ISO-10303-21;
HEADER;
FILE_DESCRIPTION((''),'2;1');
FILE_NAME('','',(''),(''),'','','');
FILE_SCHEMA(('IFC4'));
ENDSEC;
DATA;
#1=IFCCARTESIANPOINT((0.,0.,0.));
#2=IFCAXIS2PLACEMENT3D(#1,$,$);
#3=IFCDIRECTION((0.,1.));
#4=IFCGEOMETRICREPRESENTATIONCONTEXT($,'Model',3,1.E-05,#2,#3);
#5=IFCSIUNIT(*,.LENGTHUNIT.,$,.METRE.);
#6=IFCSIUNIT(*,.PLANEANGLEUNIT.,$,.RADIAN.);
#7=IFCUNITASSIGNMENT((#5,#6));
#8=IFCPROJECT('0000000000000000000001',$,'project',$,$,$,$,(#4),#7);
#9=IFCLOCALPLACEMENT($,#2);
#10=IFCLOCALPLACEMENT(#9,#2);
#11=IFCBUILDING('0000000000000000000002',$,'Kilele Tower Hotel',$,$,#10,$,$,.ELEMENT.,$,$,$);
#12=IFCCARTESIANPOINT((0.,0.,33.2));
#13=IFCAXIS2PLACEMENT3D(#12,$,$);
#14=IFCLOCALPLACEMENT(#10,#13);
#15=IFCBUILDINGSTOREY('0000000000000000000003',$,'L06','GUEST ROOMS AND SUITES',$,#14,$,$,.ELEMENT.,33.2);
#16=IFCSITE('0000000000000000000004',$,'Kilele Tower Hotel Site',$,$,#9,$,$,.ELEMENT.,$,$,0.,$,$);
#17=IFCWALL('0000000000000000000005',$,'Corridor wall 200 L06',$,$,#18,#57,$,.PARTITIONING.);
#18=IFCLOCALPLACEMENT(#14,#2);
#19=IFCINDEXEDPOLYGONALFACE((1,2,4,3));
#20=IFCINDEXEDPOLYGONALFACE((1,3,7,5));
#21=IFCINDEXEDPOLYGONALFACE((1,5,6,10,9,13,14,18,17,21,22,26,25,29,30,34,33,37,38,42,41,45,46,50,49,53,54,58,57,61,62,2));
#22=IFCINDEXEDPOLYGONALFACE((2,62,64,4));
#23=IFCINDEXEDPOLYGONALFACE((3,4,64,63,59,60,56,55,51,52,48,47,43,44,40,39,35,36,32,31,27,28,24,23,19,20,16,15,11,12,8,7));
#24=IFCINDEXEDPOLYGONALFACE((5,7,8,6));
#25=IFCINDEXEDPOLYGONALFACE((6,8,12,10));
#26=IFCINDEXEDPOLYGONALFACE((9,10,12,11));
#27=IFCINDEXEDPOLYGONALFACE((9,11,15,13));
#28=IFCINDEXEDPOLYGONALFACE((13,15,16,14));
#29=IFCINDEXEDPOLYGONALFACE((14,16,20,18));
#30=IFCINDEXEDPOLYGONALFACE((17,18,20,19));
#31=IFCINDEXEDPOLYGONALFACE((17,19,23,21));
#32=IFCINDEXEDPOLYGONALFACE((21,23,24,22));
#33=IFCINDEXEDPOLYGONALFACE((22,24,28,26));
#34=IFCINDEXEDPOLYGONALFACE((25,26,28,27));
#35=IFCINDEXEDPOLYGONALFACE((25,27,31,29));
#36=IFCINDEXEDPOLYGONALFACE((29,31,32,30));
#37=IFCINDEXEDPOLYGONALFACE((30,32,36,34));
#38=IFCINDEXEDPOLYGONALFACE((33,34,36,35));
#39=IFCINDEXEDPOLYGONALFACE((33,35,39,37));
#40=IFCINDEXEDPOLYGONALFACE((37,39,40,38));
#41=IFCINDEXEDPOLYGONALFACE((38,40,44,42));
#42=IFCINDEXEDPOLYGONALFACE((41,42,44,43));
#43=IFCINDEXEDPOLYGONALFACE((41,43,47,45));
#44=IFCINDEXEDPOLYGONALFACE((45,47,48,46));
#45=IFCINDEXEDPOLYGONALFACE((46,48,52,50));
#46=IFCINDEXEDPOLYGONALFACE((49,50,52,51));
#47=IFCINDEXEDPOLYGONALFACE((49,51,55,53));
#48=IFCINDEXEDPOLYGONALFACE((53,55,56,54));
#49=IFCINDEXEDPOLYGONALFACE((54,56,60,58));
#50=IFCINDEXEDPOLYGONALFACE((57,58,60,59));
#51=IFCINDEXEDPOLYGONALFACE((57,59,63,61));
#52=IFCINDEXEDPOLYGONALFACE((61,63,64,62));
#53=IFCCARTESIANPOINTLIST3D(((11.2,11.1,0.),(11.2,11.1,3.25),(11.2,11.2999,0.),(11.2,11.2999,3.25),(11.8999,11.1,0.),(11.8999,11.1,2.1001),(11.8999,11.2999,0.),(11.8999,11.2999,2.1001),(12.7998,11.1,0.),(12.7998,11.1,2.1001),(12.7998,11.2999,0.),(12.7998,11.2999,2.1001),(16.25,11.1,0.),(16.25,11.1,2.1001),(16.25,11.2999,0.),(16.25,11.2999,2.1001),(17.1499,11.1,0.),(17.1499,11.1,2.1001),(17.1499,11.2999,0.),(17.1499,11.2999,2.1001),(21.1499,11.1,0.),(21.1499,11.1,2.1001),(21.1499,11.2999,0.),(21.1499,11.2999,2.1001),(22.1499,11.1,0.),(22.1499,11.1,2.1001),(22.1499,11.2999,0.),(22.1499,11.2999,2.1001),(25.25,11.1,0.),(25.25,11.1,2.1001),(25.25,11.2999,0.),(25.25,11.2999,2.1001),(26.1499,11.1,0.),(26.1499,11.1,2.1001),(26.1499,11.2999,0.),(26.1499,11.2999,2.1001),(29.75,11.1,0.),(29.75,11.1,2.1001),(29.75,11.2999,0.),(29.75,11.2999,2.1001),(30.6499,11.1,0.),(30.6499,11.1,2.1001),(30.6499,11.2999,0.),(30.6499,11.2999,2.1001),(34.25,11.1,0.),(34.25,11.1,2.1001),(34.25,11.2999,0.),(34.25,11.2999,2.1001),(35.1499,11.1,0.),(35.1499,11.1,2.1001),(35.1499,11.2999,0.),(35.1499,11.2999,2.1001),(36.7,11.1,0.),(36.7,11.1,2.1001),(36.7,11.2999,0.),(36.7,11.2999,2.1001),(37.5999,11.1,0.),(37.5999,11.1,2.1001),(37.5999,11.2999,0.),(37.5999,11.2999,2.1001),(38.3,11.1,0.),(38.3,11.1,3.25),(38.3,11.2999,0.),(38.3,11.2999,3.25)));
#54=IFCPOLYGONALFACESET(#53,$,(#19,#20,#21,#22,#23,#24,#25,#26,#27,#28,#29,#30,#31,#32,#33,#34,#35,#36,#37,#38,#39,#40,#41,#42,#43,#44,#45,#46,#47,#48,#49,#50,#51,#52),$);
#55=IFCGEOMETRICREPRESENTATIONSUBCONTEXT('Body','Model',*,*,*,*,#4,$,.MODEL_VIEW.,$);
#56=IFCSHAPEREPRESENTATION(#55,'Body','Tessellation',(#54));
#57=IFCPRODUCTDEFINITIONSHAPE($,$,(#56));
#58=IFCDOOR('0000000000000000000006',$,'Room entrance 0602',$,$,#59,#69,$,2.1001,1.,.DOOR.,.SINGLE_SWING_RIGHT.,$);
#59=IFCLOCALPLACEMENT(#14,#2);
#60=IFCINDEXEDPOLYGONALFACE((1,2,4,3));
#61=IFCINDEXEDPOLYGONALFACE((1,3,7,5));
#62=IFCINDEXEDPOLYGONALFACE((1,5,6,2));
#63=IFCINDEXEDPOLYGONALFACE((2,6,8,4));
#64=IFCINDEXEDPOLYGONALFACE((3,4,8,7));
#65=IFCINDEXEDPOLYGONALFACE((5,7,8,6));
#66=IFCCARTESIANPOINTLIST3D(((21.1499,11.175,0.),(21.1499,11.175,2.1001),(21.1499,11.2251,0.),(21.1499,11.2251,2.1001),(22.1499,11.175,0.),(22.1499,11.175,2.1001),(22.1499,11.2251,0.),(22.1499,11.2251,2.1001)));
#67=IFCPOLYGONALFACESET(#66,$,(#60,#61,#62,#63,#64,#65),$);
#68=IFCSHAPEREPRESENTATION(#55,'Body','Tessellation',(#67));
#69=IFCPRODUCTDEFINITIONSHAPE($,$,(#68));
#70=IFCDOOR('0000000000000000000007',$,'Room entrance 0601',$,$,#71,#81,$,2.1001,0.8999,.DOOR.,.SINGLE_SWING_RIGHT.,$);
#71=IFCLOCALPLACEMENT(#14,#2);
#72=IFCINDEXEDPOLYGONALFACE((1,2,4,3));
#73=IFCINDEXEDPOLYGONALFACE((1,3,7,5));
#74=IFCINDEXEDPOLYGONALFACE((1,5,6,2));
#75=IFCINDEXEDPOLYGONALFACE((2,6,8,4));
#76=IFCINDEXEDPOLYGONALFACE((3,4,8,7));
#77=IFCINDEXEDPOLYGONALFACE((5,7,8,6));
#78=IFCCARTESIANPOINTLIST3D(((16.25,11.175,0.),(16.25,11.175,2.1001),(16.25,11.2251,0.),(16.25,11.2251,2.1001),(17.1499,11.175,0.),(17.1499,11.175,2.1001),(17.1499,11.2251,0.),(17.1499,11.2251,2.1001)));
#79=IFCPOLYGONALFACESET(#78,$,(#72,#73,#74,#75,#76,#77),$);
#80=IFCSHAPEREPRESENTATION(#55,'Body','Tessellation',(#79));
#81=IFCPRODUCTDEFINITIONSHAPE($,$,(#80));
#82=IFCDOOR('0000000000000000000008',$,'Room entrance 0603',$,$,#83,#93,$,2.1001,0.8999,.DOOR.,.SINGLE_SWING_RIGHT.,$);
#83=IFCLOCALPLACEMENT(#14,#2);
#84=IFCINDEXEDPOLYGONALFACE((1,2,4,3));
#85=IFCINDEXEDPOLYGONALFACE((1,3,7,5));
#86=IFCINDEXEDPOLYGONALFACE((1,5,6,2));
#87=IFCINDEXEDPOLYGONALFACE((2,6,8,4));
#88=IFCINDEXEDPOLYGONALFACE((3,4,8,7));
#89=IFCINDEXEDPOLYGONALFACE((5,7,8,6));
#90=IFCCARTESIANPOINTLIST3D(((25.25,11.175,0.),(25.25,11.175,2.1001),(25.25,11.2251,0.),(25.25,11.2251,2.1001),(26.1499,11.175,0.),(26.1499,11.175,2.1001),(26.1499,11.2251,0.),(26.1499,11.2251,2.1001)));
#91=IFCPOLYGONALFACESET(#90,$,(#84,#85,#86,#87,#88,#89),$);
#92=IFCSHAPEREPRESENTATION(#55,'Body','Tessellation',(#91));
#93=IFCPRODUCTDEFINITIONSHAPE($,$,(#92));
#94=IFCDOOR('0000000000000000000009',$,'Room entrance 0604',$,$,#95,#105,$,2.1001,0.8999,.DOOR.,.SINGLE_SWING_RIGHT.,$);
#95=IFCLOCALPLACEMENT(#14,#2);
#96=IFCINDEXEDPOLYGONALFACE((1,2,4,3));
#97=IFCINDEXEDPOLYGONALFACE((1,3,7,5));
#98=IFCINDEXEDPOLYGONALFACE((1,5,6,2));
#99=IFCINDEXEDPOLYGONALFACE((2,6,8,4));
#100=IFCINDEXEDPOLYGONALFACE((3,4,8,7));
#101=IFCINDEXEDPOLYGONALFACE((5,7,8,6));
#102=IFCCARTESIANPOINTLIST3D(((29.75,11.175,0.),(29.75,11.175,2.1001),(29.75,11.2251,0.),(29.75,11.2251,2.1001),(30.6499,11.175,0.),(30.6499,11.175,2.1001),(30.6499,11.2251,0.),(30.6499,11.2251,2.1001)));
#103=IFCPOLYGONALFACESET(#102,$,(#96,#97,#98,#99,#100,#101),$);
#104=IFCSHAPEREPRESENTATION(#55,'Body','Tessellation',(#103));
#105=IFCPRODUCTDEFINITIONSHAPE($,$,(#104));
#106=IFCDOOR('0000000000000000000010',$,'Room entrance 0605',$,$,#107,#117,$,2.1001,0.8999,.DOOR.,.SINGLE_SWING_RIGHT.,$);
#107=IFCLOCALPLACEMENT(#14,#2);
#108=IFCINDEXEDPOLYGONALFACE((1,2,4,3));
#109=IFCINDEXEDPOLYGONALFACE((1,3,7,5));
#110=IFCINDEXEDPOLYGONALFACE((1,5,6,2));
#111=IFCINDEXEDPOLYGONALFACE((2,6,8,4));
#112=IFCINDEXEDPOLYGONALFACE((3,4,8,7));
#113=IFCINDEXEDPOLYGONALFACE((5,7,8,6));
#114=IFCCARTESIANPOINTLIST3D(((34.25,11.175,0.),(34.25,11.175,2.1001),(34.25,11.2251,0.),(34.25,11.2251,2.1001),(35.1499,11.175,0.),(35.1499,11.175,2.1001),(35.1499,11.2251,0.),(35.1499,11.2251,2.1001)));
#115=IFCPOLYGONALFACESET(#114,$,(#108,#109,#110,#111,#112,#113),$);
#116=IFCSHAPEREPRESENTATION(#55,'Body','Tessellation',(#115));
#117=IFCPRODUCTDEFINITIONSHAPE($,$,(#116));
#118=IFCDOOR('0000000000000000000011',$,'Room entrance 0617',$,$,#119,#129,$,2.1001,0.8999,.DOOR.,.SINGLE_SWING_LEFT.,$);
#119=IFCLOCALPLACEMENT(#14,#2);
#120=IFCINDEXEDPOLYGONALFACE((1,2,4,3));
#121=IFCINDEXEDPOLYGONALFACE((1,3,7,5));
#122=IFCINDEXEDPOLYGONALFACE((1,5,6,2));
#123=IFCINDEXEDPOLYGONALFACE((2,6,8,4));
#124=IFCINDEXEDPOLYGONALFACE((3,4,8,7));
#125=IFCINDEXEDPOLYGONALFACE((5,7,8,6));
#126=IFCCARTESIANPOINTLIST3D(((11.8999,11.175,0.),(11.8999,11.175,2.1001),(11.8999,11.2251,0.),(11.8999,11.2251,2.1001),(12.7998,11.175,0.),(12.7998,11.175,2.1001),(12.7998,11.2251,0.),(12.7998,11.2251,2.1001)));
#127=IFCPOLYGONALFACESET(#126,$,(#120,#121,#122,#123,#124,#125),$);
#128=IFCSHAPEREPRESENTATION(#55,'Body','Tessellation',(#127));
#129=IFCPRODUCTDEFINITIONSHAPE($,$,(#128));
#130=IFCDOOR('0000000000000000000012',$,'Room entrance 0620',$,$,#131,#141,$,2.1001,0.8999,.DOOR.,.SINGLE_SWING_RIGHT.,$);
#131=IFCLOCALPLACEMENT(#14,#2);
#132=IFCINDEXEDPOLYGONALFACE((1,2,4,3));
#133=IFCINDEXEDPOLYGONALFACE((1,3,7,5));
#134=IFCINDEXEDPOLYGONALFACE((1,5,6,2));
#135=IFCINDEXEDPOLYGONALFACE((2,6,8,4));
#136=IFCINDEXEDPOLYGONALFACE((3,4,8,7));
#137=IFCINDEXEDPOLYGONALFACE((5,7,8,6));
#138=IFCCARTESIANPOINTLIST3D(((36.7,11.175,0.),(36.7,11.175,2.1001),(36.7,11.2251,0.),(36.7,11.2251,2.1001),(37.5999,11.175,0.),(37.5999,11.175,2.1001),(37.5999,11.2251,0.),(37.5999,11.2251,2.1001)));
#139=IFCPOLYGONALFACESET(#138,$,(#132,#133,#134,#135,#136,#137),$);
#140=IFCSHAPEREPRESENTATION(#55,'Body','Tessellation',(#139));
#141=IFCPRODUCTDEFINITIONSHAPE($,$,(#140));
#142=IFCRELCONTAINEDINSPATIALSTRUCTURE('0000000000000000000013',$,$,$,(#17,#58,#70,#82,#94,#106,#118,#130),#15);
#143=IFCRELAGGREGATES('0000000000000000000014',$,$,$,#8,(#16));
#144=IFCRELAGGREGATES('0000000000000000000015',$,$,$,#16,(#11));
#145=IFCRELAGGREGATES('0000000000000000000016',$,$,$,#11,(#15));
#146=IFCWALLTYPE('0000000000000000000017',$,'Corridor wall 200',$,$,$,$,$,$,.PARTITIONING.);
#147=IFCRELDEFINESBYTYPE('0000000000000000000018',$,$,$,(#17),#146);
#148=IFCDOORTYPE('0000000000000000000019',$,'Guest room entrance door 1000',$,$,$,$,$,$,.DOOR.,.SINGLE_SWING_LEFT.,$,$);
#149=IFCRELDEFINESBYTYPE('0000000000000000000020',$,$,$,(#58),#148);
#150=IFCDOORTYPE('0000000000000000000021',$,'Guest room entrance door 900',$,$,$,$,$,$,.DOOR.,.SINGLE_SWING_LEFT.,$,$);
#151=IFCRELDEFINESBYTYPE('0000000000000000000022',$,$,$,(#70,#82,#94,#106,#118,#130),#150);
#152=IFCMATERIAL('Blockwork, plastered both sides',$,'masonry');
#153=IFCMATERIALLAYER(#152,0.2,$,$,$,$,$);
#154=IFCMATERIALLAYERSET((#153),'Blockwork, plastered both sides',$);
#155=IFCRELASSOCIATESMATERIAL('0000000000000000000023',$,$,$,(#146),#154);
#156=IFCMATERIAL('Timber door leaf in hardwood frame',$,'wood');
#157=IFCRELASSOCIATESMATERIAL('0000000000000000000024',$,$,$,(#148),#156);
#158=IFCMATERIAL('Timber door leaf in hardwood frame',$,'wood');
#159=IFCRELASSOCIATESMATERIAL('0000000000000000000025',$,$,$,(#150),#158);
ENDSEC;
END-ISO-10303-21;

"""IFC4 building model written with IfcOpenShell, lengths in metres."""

from ifc_helpers import new_model, si_unit, direction, frame, frame_2d, origin, place, context, subcontext, project, spatial, rectangle, extrude, material, layer, layer_set, type_object, element, fill, save


model = new_model("IFC4")

# Units and contexts
model_context = context("Model", 3, precision=1e-05, world=origin(), true_north=direction((0.0, 1.0)))
body_context = subcontext(model_context, "Body", "Model", "MODEL_VIEW")
ifc_project = project(units=[si_unit("LENGTHUNIT", "METRE"), si_unit("PLANEANGLEUNIT", "RADIAN")], contexts=[model_context])

# Site, building, storey
site_placement = place(None, origin())
site = spatial("IfcSite", under=ifc_project, at=site_placement, Name="Kilele Tower Hotel Site", CompositionType="ELEMENT", RefElevation=0.0)
building_placement = place(site_placement, origin())
building = spatial("IfcBuilding", under=site, at=building_placement, Name="Kilele Tower Hotel", CompositionType="ELEMENT")
storey_placement = place(building_placement, frame((0.0, 0.0, 33.2)))
storey = spatial("IfcBuildingStorey", under=building, at=storey_placement, Name="L06", Description="GUEST ROOMS AND SUITES", CompositionType="ELEMENT", Elevation=33.2)

# Wall, openings, doors
ifc_material_1 = material(Name="Blockwork, plastered both sides", Category="masonry")
ifc_layer_1 = layer(ifc_material_1, 0.2)
ifc_layer_set_1 = layer_set([ifc_layer_1], Name="Blockwork, plastered both sides")
wall_type_1 = type_object("IfcWallType", Name="Corridor wall 200", PredefinedType="PARTITIONING", material=ifc_layer_set_1)
wall_1_placement = place(storey_placement, frame((11.2, 11.2, 0.0), z_axis=(0.0, 0.0, 1.0), x_axis=(1.0, 0.0, 0.0)))
wall_1 = element("IfcWall", 1, at=wall_1_placement, inside=storey, type_object=wall_type_1, Name="Corridor wall 200 L06", PredefinedType="PARTITIONING", context=body_context, shape_type="SweptSolid", body=[
    extrude(rectangle(XDim=27.1001, YDim=0.2, at=frame_2d((13.55, 0.0))), origin(), (0.0, 0.0, 1.0), 3.25),
])
opening_1_placement = place(wall_1_placement, frame((5.95, 0.0, 0.0), z_axis=(0.0, 0.0, 1.0), x_axis=(-1.0, 0.0, 0.0)))
opening_1 = element("IfcOpeningElement", 2, at=opening_1_placement, cuts=wall_1, PredefinedType="OPENING", context=body_context, shape_type="SweptSolid", body=[
    extrude(rectangle(XDim=0.8999, YDim=2.1001, at=frame_2d((0.45, 1.05))), frame((0.0, 0.1099, 0.0), z_axis=(0.0, -1.0, 0.0), x_axis=(1.0, 0.0, 0.0)), (0.0, 0.0, 1.0), 0.22),
])
opening_2_placement = place(wall_1_placement, frame((10.95, 0.0, 0.0), z_axis=(0.0, 0.0, 1.0), x_axis=(-1.0, 0.0, 0.0)))
opening_2 = element("IfcOpeningElement", 3, at=opening_2_placement, cuts=wall_1, PredefinedType="OPENING", context=body_context, shape_type="SweptSolid", body=[
    extrude(rectangle(XDim=1.0, YDim=2.1001, at=frame_2d((0.5, 1.05))), frame((0.0, 0.1099, 0.0), z_axis=(0.0, -1.0, 0.0), x_axis=(1.0, 0.0, 0.0)), (0.0, 0.0, 1.0), 0.22),
])
opening_3_placement = place(wall_1_placement, frame((14.95, 0.0, 0.0), z_axis=(0.0, 0.0, 1.0), x_axis=(-1.0, 0.0, 0.0)))
opening_3 = element("IfcOpeningElement", 4, at=opening_3_placement, cuts=wall_1, PredefinedType="OPENING", context=body_context, shape_type="SweptSolid", body=[
    extrude(rectangle(XDim=0.8999, YDim=2.1001, at=frame_2d((0.45, 1.05))), frame((0.0, 0.1099, 0.0), z_axis=(0.0, -1.0, 0.0), x_axis=(1.0, 0.0, 0.0)), (0.0, 0.0, 1.0), 0.22),
])
opening_4_placement = place(wall_1_placement, frame((19.45, 0.0, 0.0), z_axis=(0.0, 0.0, 1.0), x_axis=(-1.0, 0.0, 0.0)))
opening_4 = element("IfcOpeningElement", 5, at=opening_4_placement, cuts=wall_1, PredefinedType="OPENING", context=body_context, shape_type="SweptSolid", body=[
    extrude(rectangle(XDim=0.8999, YDim=2.1001, at=frame_2d((0.45, 1.05))), frame((0.0, 0.1099, 0.0), z_axis=(0.0, -1.0, 0.0), x_axis=(1.0, 0.0, 0.0)), (0.0, 0.0, 1.0), 0.22),
])
opening_5_placement = place(wall_1_placement, frame((23.95, 0.0, 0.0), z_axis=(0.0, 0.0, 1.0), x_axis=(-1.0, 0.0, 0.0)))
opening_5 = element("IfcOpeningElement", 6, at=opening_5_placement, cuts=wall_1, PredefinedType="OPENING", context=body_context, shape_type="SweptSolid", body=[
    extrude(rectangle(XDim=0.8999, YDim=2.1001, at=frame_2d((0.45, 1.05))), frame((0.0, 0.1099, 0.0), z_axis=(0.0, -1.0, 0.0), x_axis=(1.0, 0.0, 0.0)), (0.0, 0.0, 1.0), 0.22),
])
opening_6_placement = place(wall_1_placement, frame((1.5999, 0.0, 0.0), z_axis=(0.0, 0.0, 1.0), x_axis=(-1.0, 0.0, 0.0)))
opening_6 = element("IfcOpeningElement", 7, at=opening_6_placement, cuts=wall_1, PredefinedType="OPENING", context=body_context, shape_type="SweptSolid", body=[
    extrude(rectangle(XDim=0.8999, YDim=2.1001, at=frame_2d((0.45, 1.05))), frame((0.0, 0.1099, 0.0), z_axis=(0.0, -1.0, 0.0), x_axis=(1.0, 0.0, 0.0)), (0.0, 0.0, 1.0), 0.22),
])
opening_7_placement = place(wall_1_placement, frame((26.3999, 0.0, 0.0), z_axis=(0.0, 0.0, 1.0), x_axis=(-1.0, 0.0, 0.0)))
opening_7 = element("IfcOpeningElement", 8, at=opening_7_placement, cuts=wall_1, PredefinedType="OPENING", context=body_context, shape_type="SweptSolid", body=[
    extrude(rectangle(XDim=0.8999, YDim=2.1001, at=frame_2d((0.45, 1.05))), frame((0.0, 0.1099, 0.0), z_axis=(0.0, -1.0, 0.0), x_axis=(1.0, 0.0, 0.0)), (0.0, 0.0, 1.0), 0.22),
])
ifc_material_2 = material(Name="Timber door leaf in hardwood frame", Category="wood")
door_type_1 = type_object("IfcDoorType", Name="Guest room entrance door 1000", OperationType="SINGLE_SWING_LEFT", PredefinedType="DOOR", material=ifc_material_2)
door_1_placement = place(opening_2_placement, origin())
door_1 = element("IfcDoor", 9, at=door_1_placement, inside=storey, type_object=door_type_1, Name="Room entrance 0602", OperationType="SINGLE_SWING_RIGHT", OverallHeight=2.1001, OverallWidth=1.0, PredefinedType="DOOR", context=body_context, shape_type="SweptSolid", body=[
    extrude(rectangle(XDim=1.0, YDim=2.1001, at=frame_2d((0.5, 1.05))), frame((0.0, 0.0249, 0.0), z_axis=(0.0, -1.0, 0.0), x_axis=(1.0, 0.0, 0.0)), (0.0, 0.0, 1.0), 0.05),
])
fill(opening_2, door_1)
ifc_material_3 = material(Name="Timber door leaf in hardwood frame", Category="wood")
door_type_2 = type_object("IfcDoorType", Name="Guest room entrance door 900", OperationType="SINGLE_SWING_LEFT", PredefinedType="DOOR", material=ifc_material_3)
door_2_placement = place(opening_1_placement, origin())
door_2 = element("IfcDoor", 10, at=door_2_placement, inside=storey, type_object=door_type_2, Name="Room entrance 0601", OperationType="SINGLE_SWING_RIGHT", OverallHeight=2.1001, OverallWidth=0.8999, PredefinedType="DOOR", context=body_context, shape_type="SweptSolid", body=[
    extrude(rectangle(XDim=0.8999, YDim=2.1001, at=frame_2d((0.45, 1.05))), frame((0.0, 0.0249, 0.0), z_axis=(0.0, -1.0, 0.0), x_axis=(1.0, 0.0, 0.0)), (0.0, 0.0, 1.0), 0.05),
])
fill(opening_1, door_2)
door_3_placement = place(opening_3_placement, origin())
door_3 = element("IfcDoor", 11, at=door_3_placement, inside=storey, type_object=door_type_2, Name="Room entrance 0603", OperationType="SINGLE_SWING_RIGHT", OverallHeight=2.1001, OverallWidth=0.8999, PredefinedType="DOOR", context=body_context, shape_type="SweptSolid", body=[
    extrude(rectangle(XDim=0.8999, YDim=2.1001, at=frame_2d((0.45, 1.05))), frame((0.0, 0.0249, 0.0), z_axis=(0.0, -1.0, 0.0), x_axis=(1.0, 0.0, 0.0)), (0.0, 0.0, 1.0), 0.05),
])
fill(opening_3, door_3)
door_4_placement = place(opening_4_placement, origin())
door_4 = element("IfcDoor", 12, at=door_4_placement, inside=storey, type_object=door_type_2, Name="Room entrance 0604", OperationType="SINGLE_SWING_RIGHT", OverallHeight=2.1001, OverallWidth=0.8999, PredefinedType="DOOR", context=body_context, shape_type="SweptSolid", body=[
    extrude(rectangle(XDim=0.8999, YDim=2.1001, at=frame_2d((0.45, 1.05))), frame((0.0, 0.0249, 0.0), z_axis=(0.0, -1.0, 0.0), x_axis=(1.0, 0.0, 0.0)), (0.0, 0.0, 1.0), 0.05),
])
fill(opening_4, door_4)
door_5_placement = place(opening_5_placement, origin())
door_5 = element("IfcDoor", 13, at=door_5_placement, inside=storey, type_object=door_type_2, Name="Room entrance 0605", OperationType="SINGLE_SWING_RIGHT", OverallHeight=2.1001, OverallWidth=0.8999, PredefinedType="DOOR", context=body_context, shape_type="SweptSolid", body=[
    extrude(rectangle(XDim=0.8999, YDim=2.1001, at=frame_2d((0.45, 1.05))), frame((0.0, 0.0249, 0.0), z_axis=(0.0, -1.0, 0.0), x_axis=(1.0, 0.0, 0.0)), (0.0, 0.0, 1.0), 0.05),
])
fill(opening_5, door_5)
door_6_placement = place(opening_6_placement, origin())
door_6 = element("IfcDoor", 14, at=door_6_placement, inside=storey, type_object=door_type_2, Name="Room entrance 0617", OperationType="SINGLE_SWING_LEFT", OverallHeight=2.1001, OverallWidth=0.8999, PredefinedType="DOOR", context=body_context, shape_type="SweptSolid", body=[
    extrude(rectangle(XDim=0.8999, YDim=2.1001, at=frame_2d((0.45, 1.05))), frame((0.0, 0.0249, 0.0), z_axis=(0.0, -1.0, 0.0), x_axis=(1.0, 0.0, 0.0)), (0.0, 0.0, 1.0), 0.05),
])
fill(opening_6, door_6)
door_7_placement = place(opening_7_placement, origin())
door_7 = element("IfcDoor", 15, at=door_7_placement, inside=storey, type_object=door_type_2, Name="Room entrance 0620", OperationType="SINGLE_SWING_RIGHT", OverallHeight=2.1001, OverallWidth=0.8999, PredefinedType="DOOR", context=body_context, shape_type="SweptSolid", body=[
    extrude(rectangle(XDim=0.8999, YDim=2.1001, at=frame_2d((0.45, 1.05))), frame((0.0, 0.0249, 0.0), z_axis=(0.0, -1.0, 0.0), x_axis=(1.0, 0.0, 0.0)), (0.0, 0.0, 1.0), 0.05),
])
fill(opening_7, door_7)

save(model, "model.ifc")
